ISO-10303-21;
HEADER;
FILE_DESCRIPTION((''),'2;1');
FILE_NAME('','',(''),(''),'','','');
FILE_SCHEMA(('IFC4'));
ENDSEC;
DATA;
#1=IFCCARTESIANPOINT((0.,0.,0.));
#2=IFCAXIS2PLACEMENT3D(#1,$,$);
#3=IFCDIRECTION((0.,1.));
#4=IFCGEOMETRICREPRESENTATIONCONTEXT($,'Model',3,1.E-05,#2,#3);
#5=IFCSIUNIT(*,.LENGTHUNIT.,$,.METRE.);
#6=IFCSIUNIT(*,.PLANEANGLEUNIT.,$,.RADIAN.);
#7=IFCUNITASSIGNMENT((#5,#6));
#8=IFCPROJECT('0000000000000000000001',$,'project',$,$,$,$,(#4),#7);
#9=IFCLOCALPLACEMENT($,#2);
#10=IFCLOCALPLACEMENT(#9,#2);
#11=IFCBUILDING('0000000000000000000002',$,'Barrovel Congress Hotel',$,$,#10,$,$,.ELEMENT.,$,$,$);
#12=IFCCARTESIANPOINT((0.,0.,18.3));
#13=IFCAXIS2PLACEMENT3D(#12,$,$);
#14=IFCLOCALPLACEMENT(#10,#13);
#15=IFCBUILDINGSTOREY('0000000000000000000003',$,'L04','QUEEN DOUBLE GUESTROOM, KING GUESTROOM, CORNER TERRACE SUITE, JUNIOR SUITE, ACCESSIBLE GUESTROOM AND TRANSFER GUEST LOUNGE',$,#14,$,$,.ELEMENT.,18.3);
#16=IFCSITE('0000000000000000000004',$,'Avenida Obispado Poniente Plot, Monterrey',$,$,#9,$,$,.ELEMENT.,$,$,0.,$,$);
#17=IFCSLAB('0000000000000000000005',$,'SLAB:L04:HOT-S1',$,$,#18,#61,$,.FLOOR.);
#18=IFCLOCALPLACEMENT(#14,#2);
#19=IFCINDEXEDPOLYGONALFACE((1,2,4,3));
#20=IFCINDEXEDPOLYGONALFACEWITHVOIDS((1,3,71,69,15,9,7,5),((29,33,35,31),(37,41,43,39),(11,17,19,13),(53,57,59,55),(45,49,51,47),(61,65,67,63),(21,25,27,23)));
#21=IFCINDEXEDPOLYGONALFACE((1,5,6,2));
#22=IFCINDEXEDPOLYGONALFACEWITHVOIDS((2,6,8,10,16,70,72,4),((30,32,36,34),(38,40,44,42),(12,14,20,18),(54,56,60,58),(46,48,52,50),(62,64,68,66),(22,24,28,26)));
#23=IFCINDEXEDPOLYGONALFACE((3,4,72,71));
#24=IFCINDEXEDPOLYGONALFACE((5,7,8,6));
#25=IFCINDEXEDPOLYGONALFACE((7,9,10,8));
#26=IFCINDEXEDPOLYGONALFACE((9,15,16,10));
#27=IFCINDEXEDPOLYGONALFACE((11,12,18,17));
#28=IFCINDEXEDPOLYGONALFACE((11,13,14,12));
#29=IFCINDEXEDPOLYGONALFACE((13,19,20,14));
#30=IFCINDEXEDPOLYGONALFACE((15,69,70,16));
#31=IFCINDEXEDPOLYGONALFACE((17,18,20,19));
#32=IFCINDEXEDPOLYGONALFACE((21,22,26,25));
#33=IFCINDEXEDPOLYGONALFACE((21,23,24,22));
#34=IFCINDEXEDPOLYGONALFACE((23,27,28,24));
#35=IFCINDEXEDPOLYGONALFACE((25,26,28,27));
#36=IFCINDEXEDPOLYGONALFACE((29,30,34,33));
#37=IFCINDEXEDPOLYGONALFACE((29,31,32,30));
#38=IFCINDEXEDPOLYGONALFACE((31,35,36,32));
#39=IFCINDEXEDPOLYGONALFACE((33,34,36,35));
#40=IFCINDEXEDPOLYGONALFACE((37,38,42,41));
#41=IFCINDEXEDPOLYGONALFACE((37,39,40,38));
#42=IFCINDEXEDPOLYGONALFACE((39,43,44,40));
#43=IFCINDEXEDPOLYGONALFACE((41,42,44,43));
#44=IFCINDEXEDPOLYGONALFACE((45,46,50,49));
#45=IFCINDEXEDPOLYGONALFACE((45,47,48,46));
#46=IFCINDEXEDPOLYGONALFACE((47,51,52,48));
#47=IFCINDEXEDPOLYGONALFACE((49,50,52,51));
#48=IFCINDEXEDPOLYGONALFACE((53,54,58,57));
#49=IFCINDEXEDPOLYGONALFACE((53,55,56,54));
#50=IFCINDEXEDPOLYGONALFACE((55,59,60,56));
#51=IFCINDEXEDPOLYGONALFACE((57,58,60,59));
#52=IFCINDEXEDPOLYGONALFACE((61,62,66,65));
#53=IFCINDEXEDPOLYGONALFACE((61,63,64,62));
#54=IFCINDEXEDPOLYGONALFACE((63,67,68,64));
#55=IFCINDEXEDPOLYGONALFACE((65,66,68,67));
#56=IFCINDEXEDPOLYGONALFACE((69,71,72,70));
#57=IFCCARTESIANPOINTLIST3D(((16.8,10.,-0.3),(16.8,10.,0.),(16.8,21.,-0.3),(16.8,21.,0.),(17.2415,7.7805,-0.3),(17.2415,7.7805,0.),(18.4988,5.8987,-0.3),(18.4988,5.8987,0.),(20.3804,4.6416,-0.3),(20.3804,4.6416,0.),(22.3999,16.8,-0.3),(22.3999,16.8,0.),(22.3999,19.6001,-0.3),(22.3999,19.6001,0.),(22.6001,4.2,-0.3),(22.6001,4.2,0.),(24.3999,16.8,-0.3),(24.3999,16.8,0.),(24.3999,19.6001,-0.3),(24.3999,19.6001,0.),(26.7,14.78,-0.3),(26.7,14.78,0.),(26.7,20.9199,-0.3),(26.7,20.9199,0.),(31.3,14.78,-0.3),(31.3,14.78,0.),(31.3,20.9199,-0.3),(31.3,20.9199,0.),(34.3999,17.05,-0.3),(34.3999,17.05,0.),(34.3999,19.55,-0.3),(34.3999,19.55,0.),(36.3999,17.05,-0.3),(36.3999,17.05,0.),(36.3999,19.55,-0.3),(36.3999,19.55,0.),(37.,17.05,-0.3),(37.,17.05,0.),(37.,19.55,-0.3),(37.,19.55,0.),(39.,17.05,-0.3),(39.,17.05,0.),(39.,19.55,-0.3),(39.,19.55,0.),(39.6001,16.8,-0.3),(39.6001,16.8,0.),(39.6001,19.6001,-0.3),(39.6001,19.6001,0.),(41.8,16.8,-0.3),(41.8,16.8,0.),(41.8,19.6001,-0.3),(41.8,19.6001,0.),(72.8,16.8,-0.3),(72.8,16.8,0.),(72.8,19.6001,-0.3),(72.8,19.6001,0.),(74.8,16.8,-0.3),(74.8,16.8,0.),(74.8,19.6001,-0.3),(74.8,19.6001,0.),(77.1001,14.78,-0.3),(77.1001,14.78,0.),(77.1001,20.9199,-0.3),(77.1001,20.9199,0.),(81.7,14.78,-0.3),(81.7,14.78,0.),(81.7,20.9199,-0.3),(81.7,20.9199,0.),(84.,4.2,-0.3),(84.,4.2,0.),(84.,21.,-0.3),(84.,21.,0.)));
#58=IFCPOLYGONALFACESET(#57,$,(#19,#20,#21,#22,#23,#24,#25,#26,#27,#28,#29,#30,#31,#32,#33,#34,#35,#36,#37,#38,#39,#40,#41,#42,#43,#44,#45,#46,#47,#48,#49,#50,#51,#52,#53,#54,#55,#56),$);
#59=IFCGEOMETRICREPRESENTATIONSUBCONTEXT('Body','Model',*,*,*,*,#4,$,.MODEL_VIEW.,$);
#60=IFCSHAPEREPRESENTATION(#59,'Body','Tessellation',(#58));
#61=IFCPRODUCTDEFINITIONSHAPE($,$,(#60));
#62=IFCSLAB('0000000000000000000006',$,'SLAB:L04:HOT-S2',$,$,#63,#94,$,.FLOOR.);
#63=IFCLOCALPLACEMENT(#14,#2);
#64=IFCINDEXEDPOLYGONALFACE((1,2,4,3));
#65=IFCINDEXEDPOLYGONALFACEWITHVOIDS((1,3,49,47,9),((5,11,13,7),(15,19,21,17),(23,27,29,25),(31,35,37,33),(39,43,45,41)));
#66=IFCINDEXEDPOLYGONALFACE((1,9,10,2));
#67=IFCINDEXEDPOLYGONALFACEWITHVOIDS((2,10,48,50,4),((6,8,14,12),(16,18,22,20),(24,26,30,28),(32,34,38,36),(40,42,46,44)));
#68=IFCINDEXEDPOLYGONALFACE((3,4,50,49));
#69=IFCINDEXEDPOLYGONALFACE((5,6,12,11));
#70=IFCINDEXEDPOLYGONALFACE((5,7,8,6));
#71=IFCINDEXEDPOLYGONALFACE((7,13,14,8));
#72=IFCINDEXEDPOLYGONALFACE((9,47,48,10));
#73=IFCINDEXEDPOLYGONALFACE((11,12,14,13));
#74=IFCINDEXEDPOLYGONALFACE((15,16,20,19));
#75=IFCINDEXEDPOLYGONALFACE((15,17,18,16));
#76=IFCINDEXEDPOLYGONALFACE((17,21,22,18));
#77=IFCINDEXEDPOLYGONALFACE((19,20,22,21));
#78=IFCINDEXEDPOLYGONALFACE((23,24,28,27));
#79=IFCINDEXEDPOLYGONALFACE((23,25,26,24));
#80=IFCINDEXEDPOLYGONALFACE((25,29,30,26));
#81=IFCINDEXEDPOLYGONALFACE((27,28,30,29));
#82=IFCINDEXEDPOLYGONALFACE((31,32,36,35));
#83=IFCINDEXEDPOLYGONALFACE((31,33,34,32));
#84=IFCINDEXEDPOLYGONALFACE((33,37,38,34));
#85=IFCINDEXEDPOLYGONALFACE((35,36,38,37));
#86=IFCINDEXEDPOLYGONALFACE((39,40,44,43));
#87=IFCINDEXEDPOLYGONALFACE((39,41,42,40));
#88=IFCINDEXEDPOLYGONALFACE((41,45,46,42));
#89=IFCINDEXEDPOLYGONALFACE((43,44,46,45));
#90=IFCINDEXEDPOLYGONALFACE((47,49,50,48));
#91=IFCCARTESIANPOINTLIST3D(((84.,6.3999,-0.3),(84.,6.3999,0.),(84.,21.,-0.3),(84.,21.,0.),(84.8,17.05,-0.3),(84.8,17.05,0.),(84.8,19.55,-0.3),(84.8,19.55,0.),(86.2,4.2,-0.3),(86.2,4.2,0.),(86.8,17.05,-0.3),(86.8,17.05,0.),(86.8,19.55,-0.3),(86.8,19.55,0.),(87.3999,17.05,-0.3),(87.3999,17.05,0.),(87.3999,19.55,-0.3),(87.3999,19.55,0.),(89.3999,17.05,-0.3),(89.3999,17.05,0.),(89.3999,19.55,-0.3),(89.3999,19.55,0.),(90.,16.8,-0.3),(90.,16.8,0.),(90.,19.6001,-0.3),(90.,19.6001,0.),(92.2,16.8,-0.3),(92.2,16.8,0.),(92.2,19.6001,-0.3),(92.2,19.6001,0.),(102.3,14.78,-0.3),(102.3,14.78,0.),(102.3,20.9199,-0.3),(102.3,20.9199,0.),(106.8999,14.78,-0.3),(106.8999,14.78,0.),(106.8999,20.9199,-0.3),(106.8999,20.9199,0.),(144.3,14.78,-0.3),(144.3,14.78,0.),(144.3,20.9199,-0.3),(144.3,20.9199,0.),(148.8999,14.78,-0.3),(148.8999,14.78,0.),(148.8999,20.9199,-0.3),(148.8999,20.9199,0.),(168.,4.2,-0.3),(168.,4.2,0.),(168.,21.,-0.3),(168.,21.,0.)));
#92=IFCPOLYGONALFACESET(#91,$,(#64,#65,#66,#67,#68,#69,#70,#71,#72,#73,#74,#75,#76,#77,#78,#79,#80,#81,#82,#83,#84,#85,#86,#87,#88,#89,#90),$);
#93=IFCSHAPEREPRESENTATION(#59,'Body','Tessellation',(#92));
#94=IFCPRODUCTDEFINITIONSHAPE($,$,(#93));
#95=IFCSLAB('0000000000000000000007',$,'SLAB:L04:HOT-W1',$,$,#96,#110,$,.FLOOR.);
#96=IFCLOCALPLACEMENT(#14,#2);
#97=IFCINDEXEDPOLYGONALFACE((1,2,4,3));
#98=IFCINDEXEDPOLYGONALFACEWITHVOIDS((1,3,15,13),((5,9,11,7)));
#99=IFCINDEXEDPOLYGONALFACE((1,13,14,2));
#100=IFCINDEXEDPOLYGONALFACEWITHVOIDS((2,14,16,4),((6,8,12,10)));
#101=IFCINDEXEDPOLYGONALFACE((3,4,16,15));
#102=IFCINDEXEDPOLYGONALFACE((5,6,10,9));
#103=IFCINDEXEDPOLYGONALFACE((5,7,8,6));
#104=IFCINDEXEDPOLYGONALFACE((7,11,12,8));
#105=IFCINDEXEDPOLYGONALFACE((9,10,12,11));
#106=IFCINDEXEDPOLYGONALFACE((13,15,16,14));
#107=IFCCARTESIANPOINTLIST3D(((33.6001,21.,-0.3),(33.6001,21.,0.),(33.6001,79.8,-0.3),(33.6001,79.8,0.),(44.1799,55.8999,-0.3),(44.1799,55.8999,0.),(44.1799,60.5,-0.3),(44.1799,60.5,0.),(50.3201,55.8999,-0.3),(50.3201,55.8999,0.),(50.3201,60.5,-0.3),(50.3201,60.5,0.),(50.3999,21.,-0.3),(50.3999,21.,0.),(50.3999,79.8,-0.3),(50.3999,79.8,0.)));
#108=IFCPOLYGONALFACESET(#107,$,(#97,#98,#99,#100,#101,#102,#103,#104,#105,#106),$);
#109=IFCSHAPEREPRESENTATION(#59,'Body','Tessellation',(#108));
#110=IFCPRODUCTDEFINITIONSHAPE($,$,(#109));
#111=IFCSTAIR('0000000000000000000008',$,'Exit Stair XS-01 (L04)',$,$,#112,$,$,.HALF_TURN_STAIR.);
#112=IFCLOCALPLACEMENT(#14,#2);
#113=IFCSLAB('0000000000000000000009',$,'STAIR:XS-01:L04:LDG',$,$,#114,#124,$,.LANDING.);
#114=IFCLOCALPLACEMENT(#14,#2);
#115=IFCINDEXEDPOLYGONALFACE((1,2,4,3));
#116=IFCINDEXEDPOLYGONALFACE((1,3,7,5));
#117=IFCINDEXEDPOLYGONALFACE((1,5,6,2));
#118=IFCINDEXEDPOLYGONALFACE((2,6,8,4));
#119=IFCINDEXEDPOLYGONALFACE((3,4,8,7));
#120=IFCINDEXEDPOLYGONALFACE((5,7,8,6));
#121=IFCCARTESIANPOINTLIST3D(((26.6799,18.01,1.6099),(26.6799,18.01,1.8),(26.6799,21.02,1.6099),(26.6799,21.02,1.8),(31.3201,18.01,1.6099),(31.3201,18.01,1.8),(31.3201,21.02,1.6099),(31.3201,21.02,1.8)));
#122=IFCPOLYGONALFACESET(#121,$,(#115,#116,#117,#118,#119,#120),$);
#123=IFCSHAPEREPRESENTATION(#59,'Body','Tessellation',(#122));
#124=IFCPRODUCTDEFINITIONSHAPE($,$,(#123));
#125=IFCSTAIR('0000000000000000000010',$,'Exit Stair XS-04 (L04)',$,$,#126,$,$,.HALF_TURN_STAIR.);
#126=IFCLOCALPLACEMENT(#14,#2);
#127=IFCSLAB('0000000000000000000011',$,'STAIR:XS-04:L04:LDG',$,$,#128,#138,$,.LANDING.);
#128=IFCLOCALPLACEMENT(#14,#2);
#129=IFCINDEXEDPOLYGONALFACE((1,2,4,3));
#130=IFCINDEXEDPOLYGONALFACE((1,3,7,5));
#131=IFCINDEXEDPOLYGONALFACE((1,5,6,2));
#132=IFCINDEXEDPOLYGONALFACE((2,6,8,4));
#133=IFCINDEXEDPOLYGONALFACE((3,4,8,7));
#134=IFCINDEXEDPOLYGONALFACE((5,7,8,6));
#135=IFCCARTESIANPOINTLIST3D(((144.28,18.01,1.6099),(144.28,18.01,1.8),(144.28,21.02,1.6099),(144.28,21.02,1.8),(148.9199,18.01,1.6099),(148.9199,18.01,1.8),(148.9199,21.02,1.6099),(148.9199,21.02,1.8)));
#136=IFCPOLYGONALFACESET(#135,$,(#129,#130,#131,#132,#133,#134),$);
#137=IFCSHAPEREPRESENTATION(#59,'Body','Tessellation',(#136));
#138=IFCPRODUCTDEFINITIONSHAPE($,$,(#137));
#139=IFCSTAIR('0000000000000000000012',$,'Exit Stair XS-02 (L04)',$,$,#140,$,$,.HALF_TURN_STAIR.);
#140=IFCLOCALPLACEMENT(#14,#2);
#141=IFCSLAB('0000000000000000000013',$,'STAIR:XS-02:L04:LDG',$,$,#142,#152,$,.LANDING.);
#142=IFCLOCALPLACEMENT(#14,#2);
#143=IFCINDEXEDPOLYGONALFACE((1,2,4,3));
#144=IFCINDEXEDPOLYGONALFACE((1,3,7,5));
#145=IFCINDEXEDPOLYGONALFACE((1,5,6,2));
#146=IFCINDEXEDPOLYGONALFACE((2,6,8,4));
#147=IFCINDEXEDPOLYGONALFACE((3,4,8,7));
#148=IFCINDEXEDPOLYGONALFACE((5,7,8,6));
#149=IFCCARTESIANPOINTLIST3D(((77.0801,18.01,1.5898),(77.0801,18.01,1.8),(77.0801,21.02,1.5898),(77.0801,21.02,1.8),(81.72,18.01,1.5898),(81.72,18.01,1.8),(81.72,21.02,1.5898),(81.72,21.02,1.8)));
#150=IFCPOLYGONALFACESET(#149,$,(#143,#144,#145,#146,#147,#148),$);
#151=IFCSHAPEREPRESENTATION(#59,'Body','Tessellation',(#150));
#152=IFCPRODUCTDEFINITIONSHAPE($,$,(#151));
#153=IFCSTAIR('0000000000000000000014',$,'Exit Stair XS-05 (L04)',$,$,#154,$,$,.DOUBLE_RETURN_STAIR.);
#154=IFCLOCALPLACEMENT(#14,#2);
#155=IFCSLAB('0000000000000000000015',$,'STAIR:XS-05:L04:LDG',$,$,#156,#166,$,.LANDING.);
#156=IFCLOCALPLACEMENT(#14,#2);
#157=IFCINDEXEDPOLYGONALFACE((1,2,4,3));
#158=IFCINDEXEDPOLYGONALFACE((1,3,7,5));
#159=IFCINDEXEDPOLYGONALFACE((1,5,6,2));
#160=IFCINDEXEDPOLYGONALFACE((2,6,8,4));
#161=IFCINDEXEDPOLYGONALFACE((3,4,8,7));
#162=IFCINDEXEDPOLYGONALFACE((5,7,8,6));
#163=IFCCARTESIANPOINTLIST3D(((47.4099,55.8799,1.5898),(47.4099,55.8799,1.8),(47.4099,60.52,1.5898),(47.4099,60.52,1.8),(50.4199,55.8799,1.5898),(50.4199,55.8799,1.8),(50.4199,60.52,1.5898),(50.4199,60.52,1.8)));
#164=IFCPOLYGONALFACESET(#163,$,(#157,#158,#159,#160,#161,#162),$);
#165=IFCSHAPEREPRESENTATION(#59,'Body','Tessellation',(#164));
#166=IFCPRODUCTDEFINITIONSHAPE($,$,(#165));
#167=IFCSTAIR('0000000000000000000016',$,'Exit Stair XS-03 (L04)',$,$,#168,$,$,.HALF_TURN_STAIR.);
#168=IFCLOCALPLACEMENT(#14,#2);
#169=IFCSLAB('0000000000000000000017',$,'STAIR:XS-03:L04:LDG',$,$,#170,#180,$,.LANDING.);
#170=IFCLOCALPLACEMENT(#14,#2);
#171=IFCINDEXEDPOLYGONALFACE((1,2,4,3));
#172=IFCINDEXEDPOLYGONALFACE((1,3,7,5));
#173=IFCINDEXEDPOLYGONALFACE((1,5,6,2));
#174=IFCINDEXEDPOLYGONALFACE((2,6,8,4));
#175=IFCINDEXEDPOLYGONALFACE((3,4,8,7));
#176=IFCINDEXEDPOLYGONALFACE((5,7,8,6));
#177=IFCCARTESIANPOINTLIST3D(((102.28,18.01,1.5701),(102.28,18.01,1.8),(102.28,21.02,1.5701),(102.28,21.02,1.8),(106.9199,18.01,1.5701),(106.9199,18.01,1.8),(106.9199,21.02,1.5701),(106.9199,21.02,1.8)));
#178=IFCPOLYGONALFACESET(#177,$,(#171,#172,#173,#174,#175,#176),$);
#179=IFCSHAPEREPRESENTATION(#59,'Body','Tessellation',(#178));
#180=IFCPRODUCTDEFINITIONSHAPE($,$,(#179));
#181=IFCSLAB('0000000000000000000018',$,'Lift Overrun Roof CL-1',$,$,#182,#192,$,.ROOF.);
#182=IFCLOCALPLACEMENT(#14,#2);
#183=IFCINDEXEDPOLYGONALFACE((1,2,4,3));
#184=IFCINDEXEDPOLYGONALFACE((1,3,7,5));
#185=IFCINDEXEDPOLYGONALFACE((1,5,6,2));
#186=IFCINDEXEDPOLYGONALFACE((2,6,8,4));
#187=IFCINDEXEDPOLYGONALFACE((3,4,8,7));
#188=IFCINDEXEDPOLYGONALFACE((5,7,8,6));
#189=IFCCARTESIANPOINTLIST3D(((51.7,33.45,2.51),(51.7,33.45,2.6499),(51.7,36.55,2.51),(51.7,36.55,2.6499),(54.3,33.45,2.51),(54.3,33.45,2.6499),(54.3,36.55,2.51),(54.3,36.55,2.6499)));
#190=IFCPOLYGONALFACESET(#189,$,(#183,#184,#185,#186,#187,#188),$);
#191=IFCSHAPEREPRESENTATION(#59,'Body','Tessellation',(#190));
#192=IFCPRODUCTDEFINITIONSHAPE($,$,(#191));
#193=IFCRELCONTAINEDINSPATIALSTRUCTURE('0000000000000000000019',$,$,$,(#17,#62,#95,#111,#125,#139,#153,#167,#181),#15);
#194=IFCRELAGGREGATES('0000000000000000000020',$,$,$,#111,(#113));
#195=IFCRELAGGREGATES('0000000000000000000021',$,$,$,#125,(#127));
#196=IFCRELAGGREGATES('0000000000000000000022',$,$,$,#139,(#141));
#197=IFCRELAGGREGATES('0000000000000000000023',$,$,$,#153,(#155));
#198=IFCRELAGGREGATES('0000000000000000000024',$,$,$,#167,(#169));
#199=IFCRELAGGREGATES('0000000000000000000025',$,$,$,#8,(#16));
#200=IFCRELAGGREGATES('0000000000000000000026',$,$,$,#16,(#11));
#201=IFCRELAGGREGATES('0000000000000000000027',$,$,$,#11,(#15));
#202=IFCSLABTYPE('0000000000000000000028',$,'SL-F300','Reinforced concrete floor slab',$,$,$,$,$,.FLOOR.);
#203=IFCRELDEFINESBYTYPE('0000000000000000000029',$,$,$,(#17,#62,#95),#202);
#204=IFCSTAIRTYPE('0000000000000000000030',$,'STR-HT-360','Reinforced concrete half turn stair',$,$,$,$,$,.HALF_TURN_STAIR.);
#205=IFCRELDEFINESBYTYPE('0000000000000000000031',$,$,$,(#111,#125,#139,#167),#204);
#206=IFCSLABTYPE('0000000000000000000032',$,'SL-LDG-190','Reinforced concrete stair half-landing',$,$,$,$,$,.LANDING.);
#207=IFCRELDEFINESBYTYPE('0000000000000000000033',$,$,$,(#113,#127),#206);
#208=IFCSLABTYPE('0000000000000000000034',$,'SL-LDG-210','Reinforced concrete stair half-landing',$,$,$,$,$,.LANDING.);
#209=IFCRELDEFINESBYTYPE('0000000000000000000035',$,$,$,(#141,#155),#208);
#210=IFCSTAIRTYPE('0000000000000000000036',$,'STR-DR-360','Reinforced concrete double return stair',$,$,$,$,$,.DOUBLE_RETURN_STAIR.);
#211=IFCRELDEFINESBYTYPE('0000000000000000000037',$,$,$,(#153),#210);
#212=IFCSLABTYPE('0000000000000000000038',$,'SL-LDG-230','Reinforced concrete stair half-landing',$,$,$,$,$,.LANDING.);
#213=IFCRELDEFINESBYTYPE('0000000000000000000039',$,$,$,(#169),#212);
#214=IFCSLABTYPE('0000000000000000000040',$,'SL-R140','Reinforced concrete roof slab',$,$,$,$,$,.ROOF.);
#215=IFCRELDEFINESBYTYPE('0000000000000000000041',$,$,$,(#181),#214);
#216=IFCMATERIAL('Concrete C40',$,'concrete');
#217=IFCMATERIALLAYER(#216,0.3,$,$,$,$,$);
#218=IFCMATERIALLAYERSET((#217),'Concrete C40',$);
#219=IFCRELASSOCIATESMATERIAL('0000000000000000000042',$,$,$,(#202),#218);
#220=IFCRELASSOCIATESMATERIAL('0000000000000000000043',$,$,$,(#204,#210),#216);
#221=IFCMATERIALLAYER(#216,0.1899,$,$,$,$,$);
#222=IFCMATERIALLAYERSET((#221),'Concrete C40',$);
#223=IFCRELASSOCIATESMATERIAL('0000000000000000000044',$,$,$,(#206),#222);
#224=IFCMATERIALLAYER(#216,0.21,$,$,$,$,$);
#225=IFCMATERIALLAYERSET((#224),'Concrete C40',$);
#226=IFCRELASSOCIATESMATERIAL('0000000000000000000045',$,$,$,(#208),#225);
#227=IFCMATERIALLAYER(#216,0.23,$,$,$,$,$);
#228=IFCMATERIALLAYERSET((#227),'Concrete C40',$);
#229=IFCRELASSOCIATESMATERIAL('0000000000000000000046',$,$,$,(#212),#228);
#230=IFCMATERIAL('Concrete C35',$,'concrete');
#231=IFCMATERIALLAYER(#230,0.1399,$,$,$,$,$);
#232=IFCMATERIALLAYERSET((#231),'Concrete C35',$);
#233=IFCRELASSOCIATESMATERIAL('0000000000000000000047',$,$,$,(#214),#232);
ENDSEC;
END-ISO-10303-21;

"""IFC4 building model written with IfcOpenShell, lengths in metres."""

from ifc_helpers import new_model, si_unit, direction, frame, origin, place, context, subcontext, project, spatial, polyline, outline, extrude, material, layer, layer_set, type_object, element, aggregate, save


model = new_model("IFC4")

# Units and contexts
model_context = context("Model", 3, precision=1e-05, world=origin(), true_north=direction((0.0, 1.0)))
body_context = subcontext(model_context, "Body", "Model", "MODEL_VIEW")
ifc_project = project(units=[si_unit("LENGTHUNIT", "METRE"), si_unit("PLANEANGLEUNIT", "RADIAN")], contexts=[model_context])

# Site, building, storey
site_placement = place(None, origin())
site = spatial("IfcSite", under=ifc_project, at=site_placement, Name="Avenida Obispado Poniente Plot, Monterrey", CompositionType="ELEMENT", RefElevation=0.0)
building_placement = place(site_placement, origin())
building = spatial("IfcBuilding", under=site, at=building_placement, Name="Barrovel Congress Hotel", CompositionType="ELEMENT")
storey_placement = place(building_placement, frame((0.0, 0.0, 18.3)))
storey = spatial("IfcBuildingStorey", under=building, at=storey_placement, Name="L04", Description="QUEEN DOUBLE GUESTROOM, KING GUESTROOM, CORNER TERRACE SUITE, JUNIOR SUITE, ACCESSIBLE GUESTROOM AND TRANSFER GUEST LOUNGE", CompositionType="ELEMENT", Elevation=18.3)

# Slabs
ifc_material_1 = material(Name="Concrete C40", Category="concrete")
ifc_layer_1 = layer(ifc_material_1, 0.3)
ifc_layer_set_1 = layer_set([ifc_layer_1], Name="Concrete C40")
slab_type_1 = type_object("IfcSlabType", Name="SL-F300", Description="Reinforced concrete floor slab", PredefinedType="FLOOR", material=ifc_layer_set_1)
slab_1_placement = place(storey_placement, frame((0.0, 0.0, -0.3)))
element("IfcSlab", 1, at=slab_1_placement, inside=storey, type_object=slab_type_1, Name="SLAB:L04:HOT-S1", PredefinedType="FLOOR", context=body_context, shape_type="SweptSolid", body=[
    extrude(outline(polyline([(16.8, 10.0), (17.2415, 7.7805), (18.4988, 5.8987), (20.3804, 4.6416), (22.6001, 4.2), (84.0, 4.2), (84.0, 21.0), (16.8, 21.0), (16.8, 10.0)]), holes=[polyline([(26.7, 14.78), (26.7, 20.9199), (31.3, 20.9199), (31.3, 14.78), (26.7, 14.78)]), polyline([(77.1001, 14.78), (77.1001, 20.9199), (81.7, 20.9199), (81.7, 14.78), (77.1001, 14.78)]), polyline([(22.3999, 16.8), (22.3999, 19.6001), (24.3999, 19.6001), (24.3999, 16.8), (22.3999, 16.8)]), polyline([(72.8, 16.8), (72.8, 19.6001), (74.8, 19.6001), (74.8, 16.8), (72.8, 16.8)]), polyline([(34.3999, 17.05), (34.3999, 19.55), (36.3999, 19.55), (36.3999, 17.05), (34.3999, 17.05)]), polyline([(37.0, 17.05), (37.0, 19.55), (39.0, 19.55), (39.0, 17.05), (37.0, 17.05)]), polyline([(39.6001, 16.8), (39.6001, 19.6001), (41.8, 19.6001), (41.8, 16.8), (39.6001, 16.8)])]), origin(), (0.0, 0.0, 1.0), 0.3),
])
slab_2_placement = place(storey_placement, frame((0.0, 0.0, -0.3)))
element("IfcSlab", 2, at=slab_2_placement, inside=storey, type_object=slab_type_1, Name="SLAB:L04:HOT-S2", PredefinedType="FLOOR", context=body_context, shape_type="SweptSolid", body=[
    extrude(outline(polyline([(86.2, 4.2), (168.0, 4.2), (168.0, 21.0), (84.0, 21.0), (84.0, 6.3999), (86.2, 4.2)]), holes=[polyline([(102.3, 14.78), (102.3, 20.9199), (106.8999, 20.9199), (106.8999, 14.78), (102.3, 14.78)]), polyline([(144.3, 14.78), (144.3, 20.9199), (148.8999, 20.9199), (148.8999, 14.78), (144.3, 14.78)]), polyline([(84.8, 17.05), (84.8, 19.55), (86.8, 19.55), (86.8, 17.05), (84.8, 17.05)]), polyline([(87.3999, 17.05), (87.3999, 19.55), (89.3999, 19.55), (89.3999, 17.05), (87.3999, 17.05)]), polyline([(90.0, 16.8), (90.0, 19.6001), (92.2, 19.6001), (92.2, 16.8), (90.0, 16.8)])]), origin(), (0.0, 0.0, 1.0), 0.3),
])
slab_3_placement = place(storey_placement, frame((0.0, 0.0, -0.3)))
element("IfcSlab", 3, at=slab_3_placement, inside=storey, type_object=slab_type_1, Name="SLAB:L04:HOT-W1", PredefinedType="FLOOR", context=body_context, shape_type="SweptSolid", body=[
    extrude(outline(polyline([(33.6001, 21.0), (50.3999, 21.0), (50.3999, 79.8), (33.6001, 79.8), (33.6001, 21.0)]), holes=[polyline([(44.1799, 55.8999), (44.1799, 60.5), (50.3201, 60.5), (50.3201, 55.8999), (44.1799, 55.8999)])]), origin(), (0.0, 0.0, 1.0), 0.3),
])

# Stairs, slabs
stair_type_1 = type_object("IfcStairType", Name="STR-HT-360", Description="Reinforced concrete half turn stair", PredefinedType="HALF_TURN_STAIR", material=ifc_material_1)
stair_1_placement = place(storey_placement, origin())
stair_1 = element("IfcStair", 4, at=stair_1_placement, inside=storey, type_object=stair_type_1, Name="Exit Stair XS-01 (L04)", PredefinedType="HALF_TURN_STAIR")
ifc_layer_2 = layer(ifc_material_1, 0.1899)
ifc_layer_set_2 = layer_set([ifc_layer_2], Name="Concrete C40")
slab_type_2 = type_object("IfcSlabType", Name="SL-LDG-190", Description="Reinforced concrete stair half-landing", PredefinedType="LANDING", material=ifc_layer_set_2)
slab_4_placement = place(storey_placement, frame((0.0, 0.0, 1.6099)))
slab_4 = element("IfcSlab", 5, at=slab_4_placement, type_object=slab_type_2, Name="STAIR:XS-01:L04:LDG", PredefinedType="LANDING", context=body_context, shape_type="SweptSolid", body=[
    extrude(outline(polyline([(26.6799, 18.01), (31.3201, 18.01), (31.3201, 21.02), (26.6799, 21.02), (26.6799, 18.01)])), origin(), (0.0, 0.0, 1.0), 0.1902),
])
aggregate(stair_1, [slab_4])
stair_2_placement = place(storey_placement, origin())
stair_2 = element("IfcStair", 6, at=stair_2_placement, inside=storey, type_object=stair_type_1, Name="Exit Stair XS-04 (L04)", PredefinedType="HALF_TURN_STAIR")
slab_5_placement = place(storey_placement, frame((0.0, 0.0, 1.6099)))
slab_5 = element("IfcSlab", 7, at=slab_5_placement, type_object=slab_type_2, Name="STAIR:XS-04:L04:LDG", PredefinedType="LANDING", context=body_context, shape_type="SweptSolid", body=[
    extrude(outline(polyline([(144.28, 18.01), (148.9199, 18.01), (148.9199, 21.02), (144.28, 21.02), (144.28, 18.01)])), origin(), (0.0, 0.0, 1.0), 0.1902),
])
aggregate(stair_2, [slab_5])
stair_3_placement = place(storey_placement, origin())
stair_3 = element("IfcStair", 8, at=stair_3_placement, inside=storey, type_object=stair_type_1, Name="Exit Stair XS-02 (L04)", PredefinedType="HALF_TURN_STAIR")
ifc_layer_3 = layer(ifc_material_1, 0.21)
ifc_layer_set_3 = layer_set([ifc_layer_3], Name="Concrete C40")
slab_type_3 = type_object("IfcSlabType", Name="SL-LDG-210", Description="Reinforced concrete stair half-landing", PredefinedType="LANDING", material=ifc_layer_set_3)
slab_6_placement = place(storey_placement, frame((0.0, 0.0, 1.5898)))
slab_6 = element("IfcSlab", 9, at=slab_6_placement, type_object=slab_type_3, Name="STAIR:XS-02:L04:LDG", PredefinedType="LANDING", context=body_context, shape_type="SweptSolid", body=[
    extrude(outline(polyline([(77.0801, 18.01), (81.72, 18.01), (81.72, 21.02), (77.0801, 21.02), (77.0801, 18.01)])), origin(), (0.0, 0.0, 1.0), 0.2102),
])
aggregate(stair_3, [slab_6])
stair_type_2 = type_object("IfcStairType", Name="STR-DR-360", Description="Reinforced concrete double return stair", PredefinedType="DOUBLE_RETURN_STAIR", material=ifc_material_1)
stair_4_placement = place(storey_placement, origin())
stair_4 = element("IfcStair", 10, at=stair_4_placement, inside=storey, type_object=stair_type_2, Name="Exit Stair XS-05 (L04)", PredefinedType="DOUBLE_RETURN_STAIR")
slab_7_placement = place(storey_placement, frame((0.0, 0.0, 1.5898)))
slab_7 = element("IfcSlab", 11, at=slab_7_placement, type_object=slab_type_3, Name="STAIR:XS-05:L04:LDG", PredefinedType="LANDING", context=body_context, shape_type="SweptSolid", body=[
    extrude(outline(polyline([(47.4099, 55.8799), (50.4199, 55.8799), (50.4199, 60.52), (47.4099, 60.52), (47.4099, 55.8799)])), origin(), (0.0, 0.0, 1.0), 0.2102),
])
aggregate(stair_4, [slab_7])
stair_5_placement = place(storey_placement, origin())
stair_5 = element("IfcStair", 12, at=stair_5_placement, inside=storey, type_object=stair_type_1, Name="Exit Stair XS-03 (L04)", PredefinedType="HALF_TURN_STAIR")
ifc_layer_4 = layer(ifc_material_1, 0.23)
ifc_layer_set_4 = layer_set([ifc_layer_4], Name="Concrete C40")
slab_type_4 = type_object("IfcSlabType", Name="SL-LDG-230", Description="Reinforced concrete stair half-landing", PredefinedType="LANDING", material=ifc_layer_set_4)
slab_8_placement = place(storey_placement, frame((0.0, 0.0, 1.5701)))
slab_8 = element("IfcSlab", 13, at=slab_8_placement, type_object=slab_type_4, Name="STAIR:XS-03:L04:LDG", PredefinedType="LANDING", context=body_context, shape_type="SweptSolid", body=[
    extrude(outline(polyline([(102.28, 18.01), (106.9199, 18.01), (106.9199, 21.02), (102.28, 21.02), (102.28, 18.01)])), origin(), (0.0, 0.0, 1.0), 0.23),
])
aggregate(stair_5, [slab_8])

# Slab
ifc_material_2 = material(Name="Concrete C35", Category="concrete")
ifc_layer_5 = layer(ifc_material_2, 0.1399)
ifc_layer_set_5 = layer_set([ifc_layer_5], Name="Concrete C35")
slab_type_5 = type_object("IfcSlabType", Name="SL-R140", Description="Reinforced concrete roof slab", PredefinedType="ROOF", material=ifc_layer_set_5)
slab_9_placement = place(storey_placement, frame((0.0, 0.0, 2.51)))
element("IfcSlab", 14, at=slab_9_placement, inside=storey, type_object=slab_type_5, Name="Lift Overrun Roof CL-1", PredefinedType="ROOF", context=body_context, shape_type="SweptSolid", body=[
    extrude(outline(polyline([(51.7, 33.45), (54.3, 33.45), (54.3, 36.55), (51.7, 36.55), (51.7, 33.45)])), origin(), (0.0, 0.0, 1.0), 0.1399),
])

save(model, "model.ifc")
